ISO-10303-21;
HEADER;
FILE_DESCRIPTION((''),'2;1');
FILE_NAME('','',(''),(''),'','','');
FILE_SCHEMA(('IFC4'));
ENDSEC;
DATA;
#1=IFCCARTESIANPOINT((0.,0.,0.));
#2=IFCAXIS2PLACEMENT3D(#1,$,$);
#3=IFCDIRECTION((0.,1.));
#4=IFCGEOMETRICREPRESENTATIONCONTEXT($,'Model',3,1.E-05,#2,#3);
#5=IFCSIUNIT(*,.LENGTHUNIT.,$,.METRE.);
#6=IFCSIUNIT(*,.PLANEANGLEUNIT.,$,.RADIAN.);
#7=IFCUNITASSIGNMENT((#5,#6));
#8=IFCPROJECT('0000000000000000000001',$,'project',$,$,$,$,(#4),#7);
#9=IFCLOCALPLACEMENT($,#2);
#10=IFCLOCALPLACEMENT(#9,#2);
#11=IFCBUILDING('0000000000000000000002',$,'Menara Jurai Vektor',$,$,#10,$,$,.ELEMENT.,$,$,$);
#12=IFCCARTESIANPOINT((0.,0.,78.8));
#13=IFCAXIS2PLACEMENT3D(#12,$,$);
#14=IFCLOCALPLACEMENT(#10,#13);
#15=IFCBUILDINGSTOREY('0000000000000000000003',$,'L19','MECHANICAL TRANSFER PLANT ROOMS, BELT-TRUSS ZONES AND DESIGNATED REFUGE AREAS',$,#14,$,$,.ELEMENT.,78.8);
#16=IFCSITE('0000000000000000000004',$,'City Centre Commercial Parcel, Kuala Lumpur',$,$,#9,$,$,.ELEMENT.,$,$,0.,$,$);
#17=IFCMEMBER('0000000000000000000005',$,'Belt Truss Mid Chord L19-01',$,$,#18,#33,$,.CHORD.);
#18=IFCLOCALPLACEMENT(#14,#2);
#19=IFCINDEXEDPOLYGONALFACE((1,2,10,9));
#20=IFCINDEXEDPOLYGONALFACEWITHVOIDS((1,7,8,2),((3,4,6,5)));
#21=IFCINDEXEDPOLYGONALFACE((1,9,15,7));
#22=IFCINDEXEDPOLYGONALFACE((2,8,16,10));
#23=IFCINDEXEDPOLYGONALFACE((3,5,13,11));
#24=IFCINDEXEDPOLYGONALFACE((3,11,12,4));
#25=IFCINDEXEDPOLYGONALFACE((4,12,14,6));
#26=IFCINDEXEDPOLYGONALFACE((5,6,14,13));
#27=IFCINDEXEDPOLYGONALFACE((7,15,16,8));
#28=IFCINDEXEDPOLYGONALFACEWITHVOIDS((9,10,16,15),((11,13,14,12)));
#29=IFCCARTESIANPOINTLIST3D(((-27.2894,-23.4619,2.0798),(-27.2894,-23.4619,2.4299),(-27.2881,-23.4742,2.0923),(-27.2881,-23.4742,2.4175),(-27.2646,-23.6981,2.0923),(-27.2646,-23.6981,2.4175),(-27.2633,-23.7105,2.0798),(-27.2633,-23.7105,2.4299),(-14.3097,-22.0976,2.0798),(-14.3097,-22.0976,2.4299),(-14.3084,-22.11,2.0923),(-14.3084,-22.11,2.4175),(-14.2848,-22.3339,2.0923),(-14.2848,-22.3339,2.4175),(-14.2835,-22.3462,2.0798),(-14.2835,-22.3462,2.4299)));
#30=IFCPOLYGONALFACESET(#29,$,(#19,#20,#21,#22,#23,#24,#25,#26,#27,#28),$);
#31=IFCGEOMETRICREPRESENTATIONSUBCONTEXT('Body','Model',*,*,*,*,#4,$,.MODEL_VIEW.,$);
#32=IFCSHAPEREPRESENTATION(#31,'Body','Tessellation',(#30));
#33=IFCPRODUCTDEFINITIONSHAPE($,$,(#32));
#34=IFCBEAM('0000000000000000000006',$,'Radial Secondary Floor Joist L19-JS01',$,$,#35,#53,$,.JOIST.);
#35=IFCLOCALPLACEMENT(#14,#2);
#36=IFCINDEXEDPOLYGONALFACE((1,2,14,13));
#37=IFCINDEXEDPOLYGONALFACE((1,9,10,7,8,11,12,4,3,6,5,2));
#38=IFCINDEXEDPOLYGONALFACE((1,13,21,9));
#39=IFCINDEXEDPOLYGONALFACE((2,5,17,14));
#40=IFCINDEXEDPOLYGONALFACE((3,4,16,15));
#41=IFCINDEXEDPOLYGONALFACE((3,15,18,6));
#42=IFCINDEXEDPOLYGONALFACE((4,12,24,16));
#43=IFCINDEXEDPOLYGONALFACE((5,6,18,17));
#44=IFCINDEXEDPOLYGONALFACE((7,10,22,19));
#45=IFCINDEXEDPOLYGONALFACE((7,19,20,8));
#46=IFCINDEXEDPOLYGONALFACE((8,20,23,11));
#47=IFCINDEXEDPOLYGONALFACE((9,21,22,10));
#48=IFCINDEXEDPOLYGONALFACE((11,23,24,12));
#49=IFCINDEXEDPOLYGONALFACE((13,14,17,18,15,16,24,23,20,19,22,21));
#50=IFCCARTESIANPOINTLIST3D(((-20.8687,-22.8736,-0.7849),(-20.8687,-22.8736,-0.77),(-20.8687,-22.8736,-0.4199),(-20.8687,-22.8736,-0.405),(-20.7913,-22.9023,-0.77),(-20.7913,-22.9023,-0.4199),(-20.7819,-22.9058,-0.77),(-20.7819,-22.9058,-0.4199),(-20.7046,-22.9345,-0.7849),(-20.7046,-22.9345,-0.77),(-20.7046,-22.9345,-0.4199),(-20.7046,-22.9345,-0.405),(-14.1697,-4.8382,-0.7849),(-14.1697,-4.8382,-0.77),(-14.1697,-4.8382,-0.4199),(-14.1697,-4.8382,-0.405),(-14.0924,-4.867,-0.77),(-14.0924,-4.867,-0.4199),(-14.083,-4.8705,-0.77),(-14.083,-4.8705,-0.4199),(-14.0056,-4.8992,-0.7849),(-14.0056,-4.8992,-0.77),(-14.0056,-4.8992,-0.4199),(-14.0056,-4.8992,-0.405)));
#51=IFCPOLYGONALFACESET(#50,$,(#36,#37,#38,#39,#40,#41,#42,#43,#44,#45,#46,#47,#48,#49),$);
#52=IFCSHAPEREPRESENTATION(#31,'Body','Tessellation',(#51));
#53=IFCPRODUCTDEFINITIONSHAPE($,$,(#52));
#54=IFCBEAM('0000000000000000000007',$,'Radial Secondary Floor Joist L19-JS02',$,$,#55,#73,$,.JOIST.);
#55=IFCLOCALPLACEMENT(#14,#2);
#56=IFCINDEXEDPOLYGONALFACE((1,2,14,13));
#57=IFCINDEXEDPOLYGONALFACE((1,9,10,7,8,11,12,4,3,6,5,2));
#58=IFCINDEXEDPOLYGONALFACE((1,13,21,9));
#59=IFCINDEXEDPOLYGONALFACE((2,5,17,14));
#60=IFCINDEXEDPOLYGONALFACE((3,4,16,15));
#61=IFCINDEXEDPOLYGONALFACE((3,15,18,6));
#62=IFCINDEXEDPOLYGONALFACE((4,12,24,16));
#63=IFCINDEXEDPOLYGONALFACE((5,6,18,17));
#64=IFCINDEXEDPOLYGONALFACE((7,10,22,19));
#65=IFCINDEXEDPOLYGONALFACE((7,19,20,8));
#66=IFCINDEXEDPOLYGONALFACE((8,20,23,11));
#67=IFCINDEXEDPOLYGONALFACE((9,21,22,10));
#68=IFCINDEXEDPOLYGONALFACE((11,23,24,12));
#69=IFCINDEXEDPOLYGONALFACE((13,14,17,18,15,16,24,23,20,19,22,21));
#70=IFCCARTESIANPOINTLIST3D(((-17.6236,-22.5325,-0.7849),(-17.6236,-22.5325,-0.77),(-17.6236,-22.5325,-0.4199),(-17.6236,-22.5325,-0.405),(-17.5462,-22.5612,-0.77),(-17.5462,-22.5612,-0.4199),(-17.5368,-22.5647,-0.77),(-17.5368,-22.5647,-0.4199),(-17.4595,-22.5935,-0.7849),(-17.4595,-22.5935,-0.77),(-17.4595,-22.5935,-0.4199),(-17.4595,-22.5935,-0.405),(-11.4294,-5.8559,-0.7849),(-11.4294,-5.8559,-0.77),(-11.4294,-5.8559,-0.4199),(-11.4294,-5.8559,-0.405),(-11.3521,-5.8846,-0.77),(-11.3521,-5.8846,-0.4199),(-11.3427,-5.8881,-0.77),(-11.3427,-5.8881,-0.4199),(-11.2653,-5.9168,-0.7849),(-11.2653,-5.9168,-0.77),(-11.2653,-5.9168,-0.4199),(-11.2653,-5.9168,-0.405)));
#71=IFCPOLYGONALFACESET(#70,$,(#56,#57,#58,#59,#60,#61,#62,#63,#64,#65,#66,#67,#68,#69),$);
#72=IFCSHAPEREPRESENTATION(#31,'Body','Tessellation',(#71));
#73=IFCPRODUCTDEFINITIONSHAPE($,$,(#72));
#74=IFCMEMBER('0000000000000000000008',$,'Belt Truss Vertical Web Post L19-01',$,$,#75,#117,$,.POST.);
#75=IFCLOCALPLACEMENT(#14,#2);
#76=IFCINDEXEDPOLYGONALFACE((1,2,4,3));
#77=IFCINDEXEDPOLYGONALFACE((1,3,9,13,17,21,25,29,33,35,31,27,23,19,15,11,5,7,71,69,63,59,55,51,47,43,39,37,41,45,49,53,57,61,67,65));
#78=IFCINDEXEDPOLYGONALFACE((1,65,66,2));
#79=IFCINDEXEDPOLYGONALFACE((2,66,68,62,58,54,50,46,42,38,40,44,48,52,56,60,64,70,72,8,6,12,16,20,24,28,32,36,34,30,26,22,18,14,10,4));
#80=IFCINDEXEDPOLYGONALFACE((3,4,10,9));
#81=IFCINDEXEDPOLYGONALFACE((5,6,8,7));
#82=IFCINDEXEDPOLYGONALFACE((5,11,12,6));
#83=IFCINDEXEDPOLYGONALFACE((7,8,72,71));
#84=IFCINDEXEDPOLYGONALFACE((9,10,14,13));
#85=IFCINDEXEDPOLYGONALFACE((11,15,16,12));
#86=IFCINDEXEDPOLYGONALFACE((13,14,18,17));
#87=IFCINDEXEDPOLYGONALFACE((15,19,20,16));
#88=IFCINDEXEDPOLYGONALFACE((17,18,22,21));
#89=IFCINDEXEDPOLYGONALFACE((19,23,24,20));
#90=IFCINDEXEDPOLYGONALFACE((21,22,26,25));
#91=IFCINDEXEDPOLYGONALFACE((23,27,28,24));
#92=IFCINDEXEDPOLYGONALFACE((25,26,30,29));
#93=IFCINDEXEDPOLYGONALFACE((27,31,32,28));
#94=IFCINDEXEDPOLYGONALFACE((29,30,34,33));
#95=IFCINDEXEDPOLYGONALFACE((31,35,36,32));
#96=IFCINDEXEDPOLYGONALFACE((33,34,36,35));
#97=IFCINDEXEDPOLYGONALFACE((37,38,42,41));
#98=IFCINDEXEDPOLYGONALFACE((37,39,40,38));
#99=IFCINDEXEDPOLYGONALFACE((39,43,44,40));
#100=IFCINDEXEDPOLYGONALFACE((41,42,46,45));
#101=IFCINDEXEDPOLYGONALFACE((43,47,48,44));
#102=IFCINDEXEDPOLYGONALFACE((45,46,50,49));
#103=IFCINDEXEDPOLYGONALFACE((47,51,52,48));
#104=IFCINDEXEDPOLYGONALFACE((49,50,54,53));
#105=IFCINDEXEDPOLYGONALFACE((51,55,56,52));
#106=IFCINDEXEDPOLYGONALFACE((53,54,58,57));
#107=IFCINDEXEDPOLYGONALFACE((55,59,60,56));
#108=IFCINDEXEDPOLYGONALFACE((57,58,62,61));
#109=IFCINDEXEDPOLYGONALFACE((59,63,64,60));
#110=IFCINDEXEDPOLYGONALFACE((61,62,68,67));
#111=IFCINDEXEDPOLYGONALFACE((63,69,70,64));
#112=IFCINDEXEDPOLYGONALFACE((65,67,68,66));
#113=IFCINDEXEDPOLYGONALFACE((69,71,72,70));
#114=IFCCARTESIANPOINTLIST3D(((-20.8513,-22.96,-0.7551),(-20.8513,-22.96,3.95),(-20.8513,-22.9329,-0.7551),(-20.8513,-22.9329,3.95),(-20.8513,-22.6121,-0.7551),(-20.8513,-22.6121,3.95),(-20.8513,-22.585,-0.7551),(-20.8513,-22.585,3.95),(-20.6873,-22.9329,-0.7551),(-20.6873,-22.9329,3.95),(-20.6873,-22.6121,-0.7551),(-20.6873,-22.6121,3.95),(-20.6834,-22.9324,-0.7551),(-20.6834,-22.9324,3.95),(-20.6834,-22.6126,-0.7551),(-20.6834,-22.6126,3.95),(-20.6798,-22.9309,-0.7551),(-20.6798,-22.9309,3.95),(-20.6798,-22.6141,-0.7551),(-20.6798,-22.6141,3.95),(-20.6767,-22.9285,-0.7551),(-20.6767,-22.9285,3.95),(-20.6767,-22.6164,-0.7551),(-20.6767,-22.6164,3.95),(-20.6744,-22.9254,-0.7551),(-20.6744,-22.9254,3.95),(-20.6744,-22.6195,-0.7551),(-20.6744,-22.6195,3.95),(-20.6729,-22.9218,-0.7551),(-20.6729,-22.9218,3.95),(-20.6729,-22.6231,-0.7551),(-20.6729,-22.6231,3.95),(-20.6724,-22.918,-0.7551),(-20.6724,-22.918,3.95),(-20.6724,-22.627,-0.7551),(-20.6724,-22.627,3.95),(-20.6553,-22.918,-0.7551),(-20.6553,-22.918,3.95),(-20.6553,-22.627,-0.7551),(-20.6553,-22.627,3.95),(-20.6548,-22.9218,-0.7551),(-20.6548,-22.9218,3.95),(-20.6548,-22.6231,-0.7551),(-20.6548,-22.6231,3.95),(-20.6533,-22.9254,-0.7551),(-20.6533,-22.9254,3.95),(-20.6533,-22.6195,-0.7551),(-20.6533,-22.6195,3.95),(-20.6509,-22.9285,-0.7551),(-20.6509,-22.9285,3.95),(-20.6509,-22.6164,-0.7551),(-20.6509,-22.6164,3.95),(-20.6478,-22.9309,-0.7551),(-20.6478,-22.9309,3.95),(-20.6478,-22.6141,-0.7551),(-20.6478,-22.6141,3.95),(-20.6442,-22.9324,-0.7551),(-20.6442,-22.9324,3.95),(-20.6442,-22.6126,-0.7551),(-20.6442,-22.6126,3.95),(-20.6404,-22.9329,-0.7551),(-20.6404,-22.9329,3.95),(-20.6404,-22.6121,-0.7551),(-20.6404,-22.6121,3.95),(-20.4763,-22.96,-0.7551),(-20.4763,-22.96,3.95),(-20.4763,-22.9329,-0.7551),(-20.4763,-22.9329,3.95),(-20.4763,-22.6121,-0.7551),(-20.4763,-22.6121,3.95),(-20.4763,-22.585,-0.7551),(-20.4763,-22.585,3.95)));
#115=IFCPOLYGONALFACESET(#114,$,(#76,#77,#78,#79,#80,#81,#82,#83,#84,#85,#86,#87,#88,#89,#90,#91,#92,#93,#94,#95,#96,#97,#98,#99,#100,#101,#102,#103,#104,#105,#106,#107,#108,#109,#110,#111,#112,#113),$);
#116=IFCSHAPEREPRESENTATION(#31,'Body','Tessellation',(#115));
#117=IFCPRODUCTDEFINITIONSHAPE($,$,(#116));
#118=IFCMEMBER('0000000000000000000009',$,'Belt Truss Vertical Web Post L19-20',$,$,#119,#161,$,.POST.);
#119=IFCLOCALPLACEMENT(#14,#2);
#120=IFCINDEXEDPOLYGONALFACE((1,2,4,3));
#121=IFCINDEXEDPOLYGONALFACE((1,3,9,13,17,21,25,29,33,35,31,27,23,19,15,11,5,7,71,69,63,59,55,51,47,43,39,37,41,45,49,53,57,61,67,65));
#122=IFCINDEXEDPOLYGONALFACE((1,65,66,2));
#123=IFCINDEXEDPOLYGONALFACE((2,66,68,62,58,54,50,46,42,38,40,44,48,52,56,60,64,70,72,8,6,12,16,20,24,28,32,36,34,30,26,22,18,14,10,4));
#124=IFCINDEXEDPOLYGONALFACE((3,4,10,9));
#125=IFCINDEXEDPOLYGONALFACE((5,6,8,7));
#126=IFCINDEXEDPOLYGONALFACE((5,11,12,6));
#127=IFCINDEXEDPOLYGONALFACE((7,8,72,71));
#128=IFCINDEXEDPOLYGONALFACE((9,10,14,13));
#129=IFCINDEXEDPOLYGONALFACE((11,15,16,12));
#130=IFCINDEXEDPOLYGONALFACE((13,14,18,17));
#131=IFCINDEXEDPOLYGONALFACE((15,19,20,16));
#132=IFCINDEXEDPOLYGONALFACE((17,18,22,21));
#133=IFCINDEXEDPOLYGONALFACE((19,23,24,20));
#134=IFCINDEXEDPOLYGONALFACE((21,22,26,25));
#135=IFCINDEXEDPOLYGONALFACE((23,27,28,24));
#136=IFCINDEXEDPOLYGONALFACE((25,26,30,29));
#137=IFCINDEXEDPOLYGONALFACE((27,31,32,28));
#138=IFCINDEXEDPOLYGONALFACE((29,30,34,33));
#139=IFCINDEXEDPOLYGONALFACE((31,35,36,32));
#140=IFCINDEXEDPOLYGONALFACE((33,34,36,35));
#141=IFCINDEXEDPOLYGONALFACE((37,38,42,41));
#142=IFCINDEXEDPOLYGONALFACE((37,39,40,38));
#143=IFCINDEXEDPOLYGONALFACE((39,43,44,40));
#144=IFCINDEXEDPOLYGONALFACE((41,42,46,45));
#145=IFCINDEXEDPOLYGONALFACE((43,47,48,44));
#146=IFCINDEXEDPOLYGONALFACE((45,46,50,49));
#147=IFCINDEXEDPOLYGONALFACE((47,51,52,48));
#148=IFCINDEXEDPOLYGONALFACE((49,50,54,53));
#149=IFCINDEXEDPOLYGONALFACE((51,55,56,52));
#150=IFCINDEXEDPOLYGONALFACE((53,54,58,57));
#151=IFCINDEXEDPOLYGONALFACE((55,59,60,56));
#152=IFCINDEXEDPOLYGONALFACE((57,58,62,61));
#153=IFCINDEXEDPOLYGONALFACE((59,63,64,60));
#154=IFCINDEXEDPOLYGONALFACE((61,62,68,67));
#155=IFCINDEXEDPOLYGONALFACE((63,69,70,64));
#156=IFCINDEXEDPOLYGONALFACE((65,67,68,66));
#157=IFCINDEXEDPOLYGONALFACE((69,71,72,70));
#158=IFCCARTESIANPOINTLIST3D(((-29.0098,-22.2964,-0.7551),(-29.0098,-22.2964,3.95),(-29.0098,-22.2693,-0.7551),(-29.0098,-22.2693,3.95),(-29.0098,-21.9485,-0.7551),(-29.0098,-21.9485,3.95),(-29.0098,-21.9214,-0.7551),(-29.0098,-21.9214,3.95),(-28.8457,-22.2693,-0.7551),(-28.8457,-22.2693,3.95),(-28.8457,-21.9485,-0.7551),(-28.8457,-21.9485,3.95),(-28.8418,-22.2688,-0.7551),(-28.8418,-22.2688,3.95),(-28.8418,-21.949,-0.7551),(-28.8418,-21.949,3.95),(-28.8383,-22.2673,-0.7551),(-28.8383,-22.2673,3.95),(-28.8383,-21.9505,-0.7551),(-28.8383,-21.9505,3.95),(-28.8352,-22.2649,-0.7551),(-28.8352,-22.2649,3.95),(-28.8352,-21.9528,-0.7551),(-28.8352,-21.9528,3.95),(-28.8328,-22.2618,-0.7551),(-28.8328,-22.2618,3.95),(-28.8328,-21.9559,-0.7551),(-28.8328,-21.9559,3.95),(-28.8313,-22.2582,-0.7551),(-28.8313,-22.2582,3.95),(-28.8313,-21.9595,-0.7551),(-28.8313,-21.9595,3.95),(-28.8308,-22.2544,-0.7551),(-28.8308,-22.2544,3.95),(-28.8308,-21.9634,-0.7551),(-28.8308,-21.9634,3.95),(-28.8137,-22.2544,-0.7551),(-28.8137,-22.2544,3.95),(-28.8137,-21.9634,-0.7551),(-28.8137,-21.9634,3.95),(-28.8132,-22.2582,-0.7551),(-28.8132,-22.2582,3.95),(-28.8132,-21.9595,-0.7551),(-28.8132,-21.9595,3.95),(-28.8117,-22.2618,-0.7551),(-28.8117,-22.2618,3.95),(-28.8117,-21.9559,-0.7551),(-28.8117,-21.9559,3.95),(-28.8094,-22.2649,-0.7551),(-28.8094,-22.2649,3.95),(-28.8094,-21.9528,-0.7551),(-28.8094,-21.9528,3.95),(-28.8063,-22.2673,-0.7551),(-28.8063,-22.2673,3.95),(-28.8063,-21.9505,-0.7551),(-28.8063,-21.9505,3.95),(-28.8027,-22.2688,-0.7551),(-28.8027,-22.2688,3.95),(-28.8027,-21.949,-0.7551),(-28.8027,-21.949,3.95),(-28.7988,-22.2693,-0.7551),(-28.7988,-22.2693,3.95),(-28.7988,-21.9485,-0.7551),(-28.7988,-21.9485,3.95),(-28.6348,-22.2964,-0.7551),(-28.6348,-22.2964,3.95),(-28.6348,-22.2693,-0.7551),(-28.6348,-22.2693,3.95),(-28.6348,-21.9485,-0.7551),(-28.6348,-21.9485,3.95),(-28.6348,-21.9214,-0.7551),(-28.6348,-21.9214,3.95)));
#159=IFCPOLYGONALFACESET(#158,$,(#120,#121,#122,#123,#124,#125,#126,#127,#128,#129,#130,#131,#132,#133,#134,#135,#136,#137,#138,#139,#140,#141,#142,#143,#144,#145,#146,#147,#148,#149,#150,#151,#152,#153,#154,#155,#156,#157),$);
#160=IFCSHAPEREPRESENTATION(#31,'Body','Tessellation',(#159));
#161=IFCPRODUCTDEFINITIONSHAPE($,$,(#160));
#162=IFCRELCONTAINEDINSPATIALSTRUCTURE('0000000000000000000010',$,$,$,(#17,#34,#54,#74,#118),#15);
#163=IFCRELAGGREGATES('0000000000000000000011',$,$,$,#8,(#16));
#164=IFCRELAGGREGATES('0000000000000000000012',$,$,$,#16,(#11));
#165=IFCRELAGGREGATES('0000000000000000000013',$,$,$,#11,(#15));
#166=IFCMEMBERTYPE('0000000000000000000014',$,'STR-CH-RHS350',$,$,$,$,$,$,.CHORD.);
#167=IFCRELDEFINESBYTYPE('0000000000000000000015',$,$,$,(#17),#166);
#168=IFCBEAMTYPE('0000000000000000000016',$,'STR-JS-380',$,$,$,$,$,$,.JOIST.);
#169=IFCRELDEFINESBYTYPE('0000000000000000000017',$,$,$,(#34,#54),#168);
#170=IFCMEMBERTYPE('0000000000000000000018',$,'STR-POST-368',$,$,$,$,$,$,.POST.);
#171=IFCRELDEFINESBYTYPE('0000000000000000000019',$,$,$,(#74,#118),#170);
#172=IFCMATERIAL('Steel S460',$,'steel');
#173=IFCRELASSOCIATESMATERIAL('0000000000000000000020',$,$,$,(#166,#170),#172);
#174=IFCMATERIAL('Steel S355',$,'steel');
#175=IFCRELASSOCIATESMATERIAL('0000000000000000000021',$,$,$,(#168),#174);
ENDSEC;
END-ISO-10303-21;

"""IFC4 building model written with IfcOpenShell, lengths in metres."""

from ifc_helpers import new_model, si_unit, direction, frame, origin, origin_2d, place, context, subcontext, project, spatial, hollow_rectangle, i_section, extrude, material, material_profile, profile_set, type_object, element, save


model = new_model("IFC4")

# Units and contexts
model_context = context("Model", 3, precision=1e-05, world=origin(), true_north=direction((0.0, 1.0)))
body_context = subcontext(model_context, "Body", "Model", "MODEL_VIEW")
ifc_project = project(units=[si_unit("LENGTHUNIT", "METRE"), si_unit("PLANEANGLEUNIT", "RADIAN")], contexts=[model_context])

# Site, building, storey
site_placement = place(None, origin())
site = spatial("IfcSite", under=ifc_project, at=site_placement, Name="City Centre Commercial Parcel, Kuala Lumpur", CompositionType="ELEMENT", RefElevation=0.0)
building_placement = place(site_placement, origin())
building = spatial("IfcBuilding", under=site, at=building_placement, Name="Menara Jurai Vektor", CompositionType="ELEMENT")
storey_placement = place(building_placement, frame((0.0, 0.0, 78.8)))
storey = spatial("IfcBuildingStorey", under=building, at=storey_placement, Name="L19", Description="MECHANICAL TRANSFER PLANT ROOMS, BELT-TRUSS ZONES AND DESIGNATED REFUGE AREAS", CompositionType="ELEMENT", Elevation=78.8)

# Shared definitions
ifc_material_1 = material(Name="Steel S460", Category="steel")

# Shared definitions
ifc_material_2 = material(Name="Steel S355", Category="steel")

# Member
ifc_material_profile_1 = material_profile(ifc_material_1, hollow_rectangle(XDim=0.25, YDim=0.3501, WallThickness=0.0125, at=origin_2d()), Name="RHS 350x250x12.5")
ifc_profile_set_1 = profile_set([ifc_material_profile_1], Name="Steel S460")
member_type_1 = type_object("IfcMemberType", Name="STR-CH-RHS350", PredefinedType="CHORD", material=ifc_profile_set_1)
member_1_placement = place(storey_placement, frame((-27.2764, -23.5862, 2.2549), z_axis=(0.994522, 0.104531, 0.0), x_axis=(-0.104531, 0.994522, 0.0)))
element("IfcMember", 1, at=member_1_placement, inside=storey, type_object=member_type_1, Name="Belt Truss Mid Chord L19-01", PredefinedType="CHORD", context=body_context, shape_type="SweptSolid", body=[
    extrude(hollow_rectangle(XDim=0.25, YDim=0.3501, WallThickness=0.0125, at=origin_2d()), origin(), (0.0, 0.0, 1.0), 13.0513),
])

# Beams
ifc_material_profile_2 = material_profile(ifc_material_2, i_section(OverallWidth=0.175, OverallDepth=0.3799, WebThickness=0.01, FlangeThickness=0.0149, at=origin_2d()), Name="PG 380x175x58")
ifc_profile_set_2 = profile_set([ifc_material_profile_2], Name="Steel S355")
beam_type_1 = type_object("IfcBeamType", Name="STR-JS-380", PredefinedType="JOIST", material=ifc_profile_set_2)
beam_1_placement = place(storey_placement, frame((-20.7866, -22.9041, -0.595), z_axis=(0.348192, 0.937423, 0.0), x_axis=(-0.937423, 0.348192, 0.0)))
element("IfcBeam", 2, at=beam_1_placement, inside=storey, type_object=beam_type_1, Name="Radial Secondary Floor Joist L19-JS01", PredefinedType="JOIST", context=body_context, shape_type="SweptSolid", body=[
    extrude(i_section(OverallWidth=0.175, OverallDepth=0.3799, WebThickness=0.01, FlangeThickness=0.0149, at=origin_2d()), origin(), (0.0, 0.0, 1.0), 19.2393),
])
beam_2_placement = place(storey_placement, frame((-17.5415, -22.563, -0.595), z_axis=(0.348184, 0.937426, 0.0), x_axis=(-0.937426, 0.348184, 0.0)))
element("IfcBeam", 3, at=beam_2_placement, inside=storey, type_object=beam_type_1, Name="Radial Secondary Floor Joist L19-JS02", PredefinedType="JOIST", context=body_context, shape_type="SweptSolid", body=[
    extrude(i_section(OverallWidth=0.175, OverallDepth=0.3799, WebThickness=0.01, FlangeThickness=0.0149, at=origin_2d()), origin(), (0.0, 0.0, 1.0), 17.7898),
])

# Members
ifc_material_profile_3 = material_profile(ifc_material_1, i_section(OverallWidth=0.375, OverallDepth=0.375, WebThickness=0.0171, FlangeThickness=0.0271, FilletRadius=0.0149, at=origin_2d()), Name="UKC 356x368x202")
ifc_profile_set_3 = profile_set([ifc_material_profile_3], Name="Steel S460")
member_type_2 = type_object("IfcMemberType", Name="STR-POST-368", PredefinedType="POST", material=ifc_profile_set_3)
for number, where, z_axis, x_axis, name in (
    (4, (-20.6638, -22.7725, -0.7551), (0.0, 0.0, 1.0), (1.0, 0.0, 0.0), "Belt Truss Vertical Web Post L19-01"),
    (5, (-28.8223, -22.1089, -0.7551), (0.0, 0.0, 1.0), (1.0, 0.0, 0.0), "Belt Truss Vertical Web Post L19-20"),
):
    element("IfcMember", number, at=place(storey_placement, frame(where, z_axis=z_axis, x_axis=x_axis)), inside=storey, type_object=member_type_2, Name=name, PredefinedType="POST", context=body_context, shape_type="SweptSolid", body=[
        extrude(i_section(OverallWidth=0.375, OverallDepth=0.375, WebThickness=0.0171, FlangeThickness=0.0271, FilletRadius=0.0149, at=origin_2d()), origin(), (0.0, 0.0, 1.0), 4.7051),
    ])

save(model, "model.ifc")
